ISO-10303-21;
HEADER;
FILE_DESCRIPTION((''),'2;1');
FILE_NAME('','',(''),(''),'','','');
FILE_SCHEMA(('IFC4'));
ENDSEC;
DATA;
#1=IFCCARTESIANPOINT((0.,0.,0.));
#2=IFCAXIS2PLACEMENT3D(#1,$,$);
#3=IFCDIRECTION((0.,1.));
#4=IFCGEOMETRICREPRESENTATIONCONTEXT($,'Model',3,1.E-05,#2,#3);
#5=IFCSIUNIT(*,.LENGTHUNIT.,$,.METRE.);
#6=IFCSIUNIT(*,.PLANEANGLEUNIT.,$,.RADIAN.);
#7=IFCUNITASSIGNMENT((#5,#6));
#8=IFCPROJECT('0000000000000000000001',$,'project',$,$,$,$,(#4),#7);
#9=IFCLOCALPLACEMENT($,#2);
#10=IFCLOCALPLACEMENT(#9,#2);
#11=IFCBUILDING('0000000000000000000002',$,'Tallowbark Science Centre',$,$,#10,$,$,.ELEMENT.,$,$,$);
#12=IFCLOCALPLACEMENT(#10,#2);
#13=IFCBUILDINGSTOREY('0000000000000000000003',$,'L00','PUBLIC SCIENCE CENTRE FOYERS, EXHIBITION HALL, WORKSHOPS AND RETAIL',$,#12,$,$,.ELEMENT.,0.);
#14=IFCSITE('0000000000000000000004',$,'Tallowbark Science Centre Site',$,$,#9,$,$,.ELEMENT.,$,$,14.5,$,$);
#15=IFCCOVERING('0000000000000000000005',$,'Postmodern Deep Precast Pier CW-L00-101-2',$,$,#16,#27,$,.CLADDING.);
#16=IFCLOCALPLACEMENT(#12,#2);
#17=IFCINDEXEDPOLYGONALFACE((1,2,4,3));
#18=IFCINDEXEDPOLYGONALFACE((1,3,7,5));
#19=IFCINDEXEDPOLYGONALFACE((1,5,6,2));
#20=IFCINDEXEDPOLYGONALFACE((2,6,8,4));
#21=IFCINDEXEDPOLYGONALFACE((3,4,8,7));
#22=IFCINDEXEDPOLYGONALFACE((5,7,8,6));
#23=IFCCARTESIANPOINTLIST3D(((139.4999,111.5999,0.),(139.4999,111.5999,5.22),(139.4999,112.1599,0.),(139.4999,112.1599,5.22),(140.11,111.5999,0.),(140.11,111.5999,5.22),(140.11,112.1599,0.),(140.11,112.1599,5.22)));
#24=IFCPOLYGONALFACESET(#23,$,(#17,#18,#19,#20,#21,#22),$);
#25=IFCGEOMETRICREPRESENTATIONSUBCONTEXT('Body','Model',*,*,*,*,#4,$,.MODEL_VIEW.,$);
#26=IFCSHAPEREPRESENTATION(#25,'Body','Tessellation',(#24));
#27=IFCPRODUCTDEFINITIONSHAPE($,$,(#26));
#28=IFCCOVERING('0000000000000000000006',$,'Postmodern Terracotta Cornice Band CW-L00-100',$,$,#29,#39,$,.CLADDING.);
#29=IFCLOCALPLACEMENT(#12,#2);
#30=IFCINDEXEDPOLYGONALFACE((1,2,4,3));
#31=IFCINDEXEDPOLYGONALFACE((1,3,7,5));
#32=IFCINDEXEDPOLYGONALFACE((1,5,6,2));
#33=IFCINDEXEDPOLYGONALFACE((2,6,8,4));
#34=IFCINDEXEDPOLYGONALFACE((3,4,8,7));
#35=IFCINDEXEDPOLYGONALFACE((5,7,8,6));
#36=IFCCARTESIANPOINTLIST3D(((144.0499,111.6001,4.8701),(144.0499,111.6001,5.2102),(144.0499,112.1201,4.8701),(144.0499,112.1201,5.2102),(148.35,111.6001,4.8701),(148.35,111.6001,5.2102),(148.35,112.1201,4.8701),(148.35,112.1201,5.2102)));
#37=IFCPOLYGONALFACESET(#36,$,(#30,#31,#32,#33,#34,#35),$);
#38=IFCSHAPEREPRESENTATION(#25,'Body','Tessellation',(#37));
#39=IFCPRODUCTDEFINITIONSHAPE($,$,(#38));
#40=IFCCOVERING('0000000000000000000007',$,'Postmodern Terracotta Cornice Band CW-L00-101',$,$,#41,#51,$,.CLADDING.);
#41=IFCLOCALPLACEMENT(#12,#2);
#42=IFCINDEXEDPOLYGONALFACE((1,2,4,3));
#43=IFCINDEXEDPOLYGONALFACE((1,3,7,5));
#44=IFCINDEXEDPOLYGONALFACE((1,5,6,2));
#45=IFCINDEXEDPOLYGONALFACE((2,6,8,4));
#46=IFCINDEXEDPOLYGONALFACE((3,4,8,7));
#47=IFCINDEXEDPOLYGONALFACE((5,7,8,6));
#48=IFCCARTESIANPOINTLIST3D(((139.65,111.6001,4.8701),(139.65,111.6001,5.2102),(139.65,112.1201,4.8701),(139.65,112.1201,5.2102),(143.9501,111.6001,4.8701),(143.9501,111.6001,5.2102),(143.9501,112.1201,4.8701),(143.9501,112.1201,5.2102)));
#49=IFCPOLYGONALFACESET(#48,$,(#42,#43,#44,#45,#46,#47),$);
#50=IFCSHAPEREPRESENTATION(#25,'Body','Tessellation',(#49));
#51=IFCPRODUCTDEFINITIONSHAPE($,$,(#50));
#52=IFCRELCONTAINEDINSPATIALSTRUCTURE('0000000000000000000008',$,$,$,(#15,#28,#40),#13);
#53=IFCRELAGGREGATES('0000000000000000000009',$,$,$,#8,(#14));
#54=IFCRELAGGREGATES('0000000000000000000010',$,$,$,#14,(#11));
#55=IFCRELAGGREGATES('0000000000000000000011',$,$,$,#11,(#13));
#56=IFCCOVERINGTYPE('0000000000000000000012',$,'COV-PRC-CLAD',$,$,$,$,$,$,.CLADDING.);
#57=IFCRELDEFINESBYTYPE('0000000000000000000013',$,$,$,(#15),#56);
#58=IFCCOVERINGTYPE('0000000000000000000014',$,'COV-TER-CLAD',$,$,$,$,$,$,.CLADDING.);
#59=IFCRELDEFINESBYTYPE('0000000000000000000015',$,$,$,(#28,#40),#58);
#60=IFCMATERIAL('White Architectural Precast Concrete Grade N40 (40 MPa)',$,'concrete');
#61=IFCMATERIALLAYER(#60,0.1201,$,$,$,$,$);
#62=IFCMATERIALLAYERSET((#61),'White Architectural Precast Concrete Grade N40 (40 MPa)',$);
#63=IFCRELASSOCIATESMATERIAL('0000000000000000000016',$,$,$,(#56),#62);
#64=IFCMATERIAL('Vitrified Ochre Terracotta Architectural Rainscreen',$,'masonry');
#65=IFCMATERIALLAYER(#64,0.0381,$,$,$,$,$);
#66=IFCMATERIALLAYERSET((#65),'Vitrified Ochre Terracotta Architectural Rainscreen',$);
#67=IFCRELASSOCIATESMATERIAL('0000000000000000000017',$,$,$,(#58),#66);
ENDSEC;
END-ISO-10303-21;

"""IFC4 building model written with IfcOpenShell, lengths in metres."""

from ifc_helpers import new_model, si_unit, direction, frame, origin, origin_2d, place, context, subcontext, project, spatial, rectangle, extrude, material, layer, layer_set, type_object, element, save


model = new_model("IFC4")

# Units and contexts
model_context = context("Model", 3, precision=1e-05, world=origin(), true_north=direction((0.0, 1.0)))
body_context = subcontext(model_context, "Body", "Model", "MODEL_VIEW")
ifc_project = project(units=[si_unit("LENGTHUNIT", "METRE"), si_unit("PLANEANGLEUNIT", "RADIAN")], contexts=[model_context])

# Site, building, storey
site_placement = place(None, origin())
site = spatial("IfcSite", under=ifc_project, at=site_placement, Name="Tallowbark Science Centre Site", CompositionType="ELEMENT", RefElevation=14.5)
building_placement = place(site_placement, origin())
building = spatial("IfcBuilding", under=site, at=building_placement, Name="Tallowbark Science Centre", CompositionType="ELEMENT")
storey_placement = place(building_placement, origin())
storey = spatial("IfcBuildingStorey", under=building, at=storey_placement, Name="L00", Description="PUBLIC SCIENCE CENTRE FOYERS, EXHIBITION HALL, WORKSHOPS AND RETAIL", CompositionType="ELEMENT", Elevation=0.0)

# Coverings
ifc_material_1 = material(Name="White Architectural Precast Concrete Grade N40 (40 MPa)", Category="concrete")
ifc_layer_1 = layer(ifc_material_1, 0.1201)
ifc_layer_set_1 = layer_set([ifc_layer_1], Name="White Architectural Precast Concrete Grade N40 (40 MPa)")
covering_type_1 = type_object("IfcCoveringType", Name="COV-PRC-CLAD", PredefinedType="CLADDING", material=ifc_layer_set_1)
covering_placement = place(storey_placement, frame((139.8049, 111.8799, 0.0), z_axis=(0.0, 0.0, 1.0), x_axis=(-1.0, 0.0, 0.0)))
element("IfcCovering", 1, at=covering_placement, inside=storey, type_object=covering_type_1, Name="Postmodern Deep Precast Pier CW-L00-101-2", PredefinedType="CLADDING", context=body_context, shape_type="SweptSolid", body=[
    extrude(rectangle(XDim=0.6101, YDim=0.5601, at=origin_2d()), origin(), (0.0, 0.0, 1.0), 5.22),
])
ifc_material_2 = material(Name="Vitrified Ochre Terracotta Architectural Rainscreen", Category="masonry")
ifc_layer_2 = layer(ifc_material_2, 0.0381)
ifc_layer_set_2 = layer_set([ifc_layer_2], Name="Vitrified Ochre Terracotta Architectural Rainscreen")
covering_type_2 = type_object("IfcCoveringType", Name="COV-TER-CLAD", PredefinedType="CLADDING", material=ifc_layer_set_2)
for number, where, z_axis, x_axis, name in (
    (2, (146.2, 111.8601, 4.8701), (0.0, 0.0, 1.0), (-1.0, 0.0, 0.0), "Postmodern Terracotta Cornice Band CW-L00-100"),
    (3, (141.8, 111.8601, 4.8701), (0.0, 0.0, 1.0), (-1.0, 0.0, 0.0), "Postmodern Terracotta Cornice Band CW-L00-101"),
):
    element("IfcCovering", number, at=place(storey_placement, frame(where, z_axis=z_axis, x_axis=x_axis)), inside=storey, type_object=covering_type_2, Name=name, PredefinedType="CLADDING", context=body_context, shape_type="SweptSolid", body=[
        extrude(rectangle(XDim=4.3, YDim=0.52, at=origin_2d()), origin(), (0.0, 0.0, 1.0), 0.3401),
    ])

save(model, "model.ifc")
